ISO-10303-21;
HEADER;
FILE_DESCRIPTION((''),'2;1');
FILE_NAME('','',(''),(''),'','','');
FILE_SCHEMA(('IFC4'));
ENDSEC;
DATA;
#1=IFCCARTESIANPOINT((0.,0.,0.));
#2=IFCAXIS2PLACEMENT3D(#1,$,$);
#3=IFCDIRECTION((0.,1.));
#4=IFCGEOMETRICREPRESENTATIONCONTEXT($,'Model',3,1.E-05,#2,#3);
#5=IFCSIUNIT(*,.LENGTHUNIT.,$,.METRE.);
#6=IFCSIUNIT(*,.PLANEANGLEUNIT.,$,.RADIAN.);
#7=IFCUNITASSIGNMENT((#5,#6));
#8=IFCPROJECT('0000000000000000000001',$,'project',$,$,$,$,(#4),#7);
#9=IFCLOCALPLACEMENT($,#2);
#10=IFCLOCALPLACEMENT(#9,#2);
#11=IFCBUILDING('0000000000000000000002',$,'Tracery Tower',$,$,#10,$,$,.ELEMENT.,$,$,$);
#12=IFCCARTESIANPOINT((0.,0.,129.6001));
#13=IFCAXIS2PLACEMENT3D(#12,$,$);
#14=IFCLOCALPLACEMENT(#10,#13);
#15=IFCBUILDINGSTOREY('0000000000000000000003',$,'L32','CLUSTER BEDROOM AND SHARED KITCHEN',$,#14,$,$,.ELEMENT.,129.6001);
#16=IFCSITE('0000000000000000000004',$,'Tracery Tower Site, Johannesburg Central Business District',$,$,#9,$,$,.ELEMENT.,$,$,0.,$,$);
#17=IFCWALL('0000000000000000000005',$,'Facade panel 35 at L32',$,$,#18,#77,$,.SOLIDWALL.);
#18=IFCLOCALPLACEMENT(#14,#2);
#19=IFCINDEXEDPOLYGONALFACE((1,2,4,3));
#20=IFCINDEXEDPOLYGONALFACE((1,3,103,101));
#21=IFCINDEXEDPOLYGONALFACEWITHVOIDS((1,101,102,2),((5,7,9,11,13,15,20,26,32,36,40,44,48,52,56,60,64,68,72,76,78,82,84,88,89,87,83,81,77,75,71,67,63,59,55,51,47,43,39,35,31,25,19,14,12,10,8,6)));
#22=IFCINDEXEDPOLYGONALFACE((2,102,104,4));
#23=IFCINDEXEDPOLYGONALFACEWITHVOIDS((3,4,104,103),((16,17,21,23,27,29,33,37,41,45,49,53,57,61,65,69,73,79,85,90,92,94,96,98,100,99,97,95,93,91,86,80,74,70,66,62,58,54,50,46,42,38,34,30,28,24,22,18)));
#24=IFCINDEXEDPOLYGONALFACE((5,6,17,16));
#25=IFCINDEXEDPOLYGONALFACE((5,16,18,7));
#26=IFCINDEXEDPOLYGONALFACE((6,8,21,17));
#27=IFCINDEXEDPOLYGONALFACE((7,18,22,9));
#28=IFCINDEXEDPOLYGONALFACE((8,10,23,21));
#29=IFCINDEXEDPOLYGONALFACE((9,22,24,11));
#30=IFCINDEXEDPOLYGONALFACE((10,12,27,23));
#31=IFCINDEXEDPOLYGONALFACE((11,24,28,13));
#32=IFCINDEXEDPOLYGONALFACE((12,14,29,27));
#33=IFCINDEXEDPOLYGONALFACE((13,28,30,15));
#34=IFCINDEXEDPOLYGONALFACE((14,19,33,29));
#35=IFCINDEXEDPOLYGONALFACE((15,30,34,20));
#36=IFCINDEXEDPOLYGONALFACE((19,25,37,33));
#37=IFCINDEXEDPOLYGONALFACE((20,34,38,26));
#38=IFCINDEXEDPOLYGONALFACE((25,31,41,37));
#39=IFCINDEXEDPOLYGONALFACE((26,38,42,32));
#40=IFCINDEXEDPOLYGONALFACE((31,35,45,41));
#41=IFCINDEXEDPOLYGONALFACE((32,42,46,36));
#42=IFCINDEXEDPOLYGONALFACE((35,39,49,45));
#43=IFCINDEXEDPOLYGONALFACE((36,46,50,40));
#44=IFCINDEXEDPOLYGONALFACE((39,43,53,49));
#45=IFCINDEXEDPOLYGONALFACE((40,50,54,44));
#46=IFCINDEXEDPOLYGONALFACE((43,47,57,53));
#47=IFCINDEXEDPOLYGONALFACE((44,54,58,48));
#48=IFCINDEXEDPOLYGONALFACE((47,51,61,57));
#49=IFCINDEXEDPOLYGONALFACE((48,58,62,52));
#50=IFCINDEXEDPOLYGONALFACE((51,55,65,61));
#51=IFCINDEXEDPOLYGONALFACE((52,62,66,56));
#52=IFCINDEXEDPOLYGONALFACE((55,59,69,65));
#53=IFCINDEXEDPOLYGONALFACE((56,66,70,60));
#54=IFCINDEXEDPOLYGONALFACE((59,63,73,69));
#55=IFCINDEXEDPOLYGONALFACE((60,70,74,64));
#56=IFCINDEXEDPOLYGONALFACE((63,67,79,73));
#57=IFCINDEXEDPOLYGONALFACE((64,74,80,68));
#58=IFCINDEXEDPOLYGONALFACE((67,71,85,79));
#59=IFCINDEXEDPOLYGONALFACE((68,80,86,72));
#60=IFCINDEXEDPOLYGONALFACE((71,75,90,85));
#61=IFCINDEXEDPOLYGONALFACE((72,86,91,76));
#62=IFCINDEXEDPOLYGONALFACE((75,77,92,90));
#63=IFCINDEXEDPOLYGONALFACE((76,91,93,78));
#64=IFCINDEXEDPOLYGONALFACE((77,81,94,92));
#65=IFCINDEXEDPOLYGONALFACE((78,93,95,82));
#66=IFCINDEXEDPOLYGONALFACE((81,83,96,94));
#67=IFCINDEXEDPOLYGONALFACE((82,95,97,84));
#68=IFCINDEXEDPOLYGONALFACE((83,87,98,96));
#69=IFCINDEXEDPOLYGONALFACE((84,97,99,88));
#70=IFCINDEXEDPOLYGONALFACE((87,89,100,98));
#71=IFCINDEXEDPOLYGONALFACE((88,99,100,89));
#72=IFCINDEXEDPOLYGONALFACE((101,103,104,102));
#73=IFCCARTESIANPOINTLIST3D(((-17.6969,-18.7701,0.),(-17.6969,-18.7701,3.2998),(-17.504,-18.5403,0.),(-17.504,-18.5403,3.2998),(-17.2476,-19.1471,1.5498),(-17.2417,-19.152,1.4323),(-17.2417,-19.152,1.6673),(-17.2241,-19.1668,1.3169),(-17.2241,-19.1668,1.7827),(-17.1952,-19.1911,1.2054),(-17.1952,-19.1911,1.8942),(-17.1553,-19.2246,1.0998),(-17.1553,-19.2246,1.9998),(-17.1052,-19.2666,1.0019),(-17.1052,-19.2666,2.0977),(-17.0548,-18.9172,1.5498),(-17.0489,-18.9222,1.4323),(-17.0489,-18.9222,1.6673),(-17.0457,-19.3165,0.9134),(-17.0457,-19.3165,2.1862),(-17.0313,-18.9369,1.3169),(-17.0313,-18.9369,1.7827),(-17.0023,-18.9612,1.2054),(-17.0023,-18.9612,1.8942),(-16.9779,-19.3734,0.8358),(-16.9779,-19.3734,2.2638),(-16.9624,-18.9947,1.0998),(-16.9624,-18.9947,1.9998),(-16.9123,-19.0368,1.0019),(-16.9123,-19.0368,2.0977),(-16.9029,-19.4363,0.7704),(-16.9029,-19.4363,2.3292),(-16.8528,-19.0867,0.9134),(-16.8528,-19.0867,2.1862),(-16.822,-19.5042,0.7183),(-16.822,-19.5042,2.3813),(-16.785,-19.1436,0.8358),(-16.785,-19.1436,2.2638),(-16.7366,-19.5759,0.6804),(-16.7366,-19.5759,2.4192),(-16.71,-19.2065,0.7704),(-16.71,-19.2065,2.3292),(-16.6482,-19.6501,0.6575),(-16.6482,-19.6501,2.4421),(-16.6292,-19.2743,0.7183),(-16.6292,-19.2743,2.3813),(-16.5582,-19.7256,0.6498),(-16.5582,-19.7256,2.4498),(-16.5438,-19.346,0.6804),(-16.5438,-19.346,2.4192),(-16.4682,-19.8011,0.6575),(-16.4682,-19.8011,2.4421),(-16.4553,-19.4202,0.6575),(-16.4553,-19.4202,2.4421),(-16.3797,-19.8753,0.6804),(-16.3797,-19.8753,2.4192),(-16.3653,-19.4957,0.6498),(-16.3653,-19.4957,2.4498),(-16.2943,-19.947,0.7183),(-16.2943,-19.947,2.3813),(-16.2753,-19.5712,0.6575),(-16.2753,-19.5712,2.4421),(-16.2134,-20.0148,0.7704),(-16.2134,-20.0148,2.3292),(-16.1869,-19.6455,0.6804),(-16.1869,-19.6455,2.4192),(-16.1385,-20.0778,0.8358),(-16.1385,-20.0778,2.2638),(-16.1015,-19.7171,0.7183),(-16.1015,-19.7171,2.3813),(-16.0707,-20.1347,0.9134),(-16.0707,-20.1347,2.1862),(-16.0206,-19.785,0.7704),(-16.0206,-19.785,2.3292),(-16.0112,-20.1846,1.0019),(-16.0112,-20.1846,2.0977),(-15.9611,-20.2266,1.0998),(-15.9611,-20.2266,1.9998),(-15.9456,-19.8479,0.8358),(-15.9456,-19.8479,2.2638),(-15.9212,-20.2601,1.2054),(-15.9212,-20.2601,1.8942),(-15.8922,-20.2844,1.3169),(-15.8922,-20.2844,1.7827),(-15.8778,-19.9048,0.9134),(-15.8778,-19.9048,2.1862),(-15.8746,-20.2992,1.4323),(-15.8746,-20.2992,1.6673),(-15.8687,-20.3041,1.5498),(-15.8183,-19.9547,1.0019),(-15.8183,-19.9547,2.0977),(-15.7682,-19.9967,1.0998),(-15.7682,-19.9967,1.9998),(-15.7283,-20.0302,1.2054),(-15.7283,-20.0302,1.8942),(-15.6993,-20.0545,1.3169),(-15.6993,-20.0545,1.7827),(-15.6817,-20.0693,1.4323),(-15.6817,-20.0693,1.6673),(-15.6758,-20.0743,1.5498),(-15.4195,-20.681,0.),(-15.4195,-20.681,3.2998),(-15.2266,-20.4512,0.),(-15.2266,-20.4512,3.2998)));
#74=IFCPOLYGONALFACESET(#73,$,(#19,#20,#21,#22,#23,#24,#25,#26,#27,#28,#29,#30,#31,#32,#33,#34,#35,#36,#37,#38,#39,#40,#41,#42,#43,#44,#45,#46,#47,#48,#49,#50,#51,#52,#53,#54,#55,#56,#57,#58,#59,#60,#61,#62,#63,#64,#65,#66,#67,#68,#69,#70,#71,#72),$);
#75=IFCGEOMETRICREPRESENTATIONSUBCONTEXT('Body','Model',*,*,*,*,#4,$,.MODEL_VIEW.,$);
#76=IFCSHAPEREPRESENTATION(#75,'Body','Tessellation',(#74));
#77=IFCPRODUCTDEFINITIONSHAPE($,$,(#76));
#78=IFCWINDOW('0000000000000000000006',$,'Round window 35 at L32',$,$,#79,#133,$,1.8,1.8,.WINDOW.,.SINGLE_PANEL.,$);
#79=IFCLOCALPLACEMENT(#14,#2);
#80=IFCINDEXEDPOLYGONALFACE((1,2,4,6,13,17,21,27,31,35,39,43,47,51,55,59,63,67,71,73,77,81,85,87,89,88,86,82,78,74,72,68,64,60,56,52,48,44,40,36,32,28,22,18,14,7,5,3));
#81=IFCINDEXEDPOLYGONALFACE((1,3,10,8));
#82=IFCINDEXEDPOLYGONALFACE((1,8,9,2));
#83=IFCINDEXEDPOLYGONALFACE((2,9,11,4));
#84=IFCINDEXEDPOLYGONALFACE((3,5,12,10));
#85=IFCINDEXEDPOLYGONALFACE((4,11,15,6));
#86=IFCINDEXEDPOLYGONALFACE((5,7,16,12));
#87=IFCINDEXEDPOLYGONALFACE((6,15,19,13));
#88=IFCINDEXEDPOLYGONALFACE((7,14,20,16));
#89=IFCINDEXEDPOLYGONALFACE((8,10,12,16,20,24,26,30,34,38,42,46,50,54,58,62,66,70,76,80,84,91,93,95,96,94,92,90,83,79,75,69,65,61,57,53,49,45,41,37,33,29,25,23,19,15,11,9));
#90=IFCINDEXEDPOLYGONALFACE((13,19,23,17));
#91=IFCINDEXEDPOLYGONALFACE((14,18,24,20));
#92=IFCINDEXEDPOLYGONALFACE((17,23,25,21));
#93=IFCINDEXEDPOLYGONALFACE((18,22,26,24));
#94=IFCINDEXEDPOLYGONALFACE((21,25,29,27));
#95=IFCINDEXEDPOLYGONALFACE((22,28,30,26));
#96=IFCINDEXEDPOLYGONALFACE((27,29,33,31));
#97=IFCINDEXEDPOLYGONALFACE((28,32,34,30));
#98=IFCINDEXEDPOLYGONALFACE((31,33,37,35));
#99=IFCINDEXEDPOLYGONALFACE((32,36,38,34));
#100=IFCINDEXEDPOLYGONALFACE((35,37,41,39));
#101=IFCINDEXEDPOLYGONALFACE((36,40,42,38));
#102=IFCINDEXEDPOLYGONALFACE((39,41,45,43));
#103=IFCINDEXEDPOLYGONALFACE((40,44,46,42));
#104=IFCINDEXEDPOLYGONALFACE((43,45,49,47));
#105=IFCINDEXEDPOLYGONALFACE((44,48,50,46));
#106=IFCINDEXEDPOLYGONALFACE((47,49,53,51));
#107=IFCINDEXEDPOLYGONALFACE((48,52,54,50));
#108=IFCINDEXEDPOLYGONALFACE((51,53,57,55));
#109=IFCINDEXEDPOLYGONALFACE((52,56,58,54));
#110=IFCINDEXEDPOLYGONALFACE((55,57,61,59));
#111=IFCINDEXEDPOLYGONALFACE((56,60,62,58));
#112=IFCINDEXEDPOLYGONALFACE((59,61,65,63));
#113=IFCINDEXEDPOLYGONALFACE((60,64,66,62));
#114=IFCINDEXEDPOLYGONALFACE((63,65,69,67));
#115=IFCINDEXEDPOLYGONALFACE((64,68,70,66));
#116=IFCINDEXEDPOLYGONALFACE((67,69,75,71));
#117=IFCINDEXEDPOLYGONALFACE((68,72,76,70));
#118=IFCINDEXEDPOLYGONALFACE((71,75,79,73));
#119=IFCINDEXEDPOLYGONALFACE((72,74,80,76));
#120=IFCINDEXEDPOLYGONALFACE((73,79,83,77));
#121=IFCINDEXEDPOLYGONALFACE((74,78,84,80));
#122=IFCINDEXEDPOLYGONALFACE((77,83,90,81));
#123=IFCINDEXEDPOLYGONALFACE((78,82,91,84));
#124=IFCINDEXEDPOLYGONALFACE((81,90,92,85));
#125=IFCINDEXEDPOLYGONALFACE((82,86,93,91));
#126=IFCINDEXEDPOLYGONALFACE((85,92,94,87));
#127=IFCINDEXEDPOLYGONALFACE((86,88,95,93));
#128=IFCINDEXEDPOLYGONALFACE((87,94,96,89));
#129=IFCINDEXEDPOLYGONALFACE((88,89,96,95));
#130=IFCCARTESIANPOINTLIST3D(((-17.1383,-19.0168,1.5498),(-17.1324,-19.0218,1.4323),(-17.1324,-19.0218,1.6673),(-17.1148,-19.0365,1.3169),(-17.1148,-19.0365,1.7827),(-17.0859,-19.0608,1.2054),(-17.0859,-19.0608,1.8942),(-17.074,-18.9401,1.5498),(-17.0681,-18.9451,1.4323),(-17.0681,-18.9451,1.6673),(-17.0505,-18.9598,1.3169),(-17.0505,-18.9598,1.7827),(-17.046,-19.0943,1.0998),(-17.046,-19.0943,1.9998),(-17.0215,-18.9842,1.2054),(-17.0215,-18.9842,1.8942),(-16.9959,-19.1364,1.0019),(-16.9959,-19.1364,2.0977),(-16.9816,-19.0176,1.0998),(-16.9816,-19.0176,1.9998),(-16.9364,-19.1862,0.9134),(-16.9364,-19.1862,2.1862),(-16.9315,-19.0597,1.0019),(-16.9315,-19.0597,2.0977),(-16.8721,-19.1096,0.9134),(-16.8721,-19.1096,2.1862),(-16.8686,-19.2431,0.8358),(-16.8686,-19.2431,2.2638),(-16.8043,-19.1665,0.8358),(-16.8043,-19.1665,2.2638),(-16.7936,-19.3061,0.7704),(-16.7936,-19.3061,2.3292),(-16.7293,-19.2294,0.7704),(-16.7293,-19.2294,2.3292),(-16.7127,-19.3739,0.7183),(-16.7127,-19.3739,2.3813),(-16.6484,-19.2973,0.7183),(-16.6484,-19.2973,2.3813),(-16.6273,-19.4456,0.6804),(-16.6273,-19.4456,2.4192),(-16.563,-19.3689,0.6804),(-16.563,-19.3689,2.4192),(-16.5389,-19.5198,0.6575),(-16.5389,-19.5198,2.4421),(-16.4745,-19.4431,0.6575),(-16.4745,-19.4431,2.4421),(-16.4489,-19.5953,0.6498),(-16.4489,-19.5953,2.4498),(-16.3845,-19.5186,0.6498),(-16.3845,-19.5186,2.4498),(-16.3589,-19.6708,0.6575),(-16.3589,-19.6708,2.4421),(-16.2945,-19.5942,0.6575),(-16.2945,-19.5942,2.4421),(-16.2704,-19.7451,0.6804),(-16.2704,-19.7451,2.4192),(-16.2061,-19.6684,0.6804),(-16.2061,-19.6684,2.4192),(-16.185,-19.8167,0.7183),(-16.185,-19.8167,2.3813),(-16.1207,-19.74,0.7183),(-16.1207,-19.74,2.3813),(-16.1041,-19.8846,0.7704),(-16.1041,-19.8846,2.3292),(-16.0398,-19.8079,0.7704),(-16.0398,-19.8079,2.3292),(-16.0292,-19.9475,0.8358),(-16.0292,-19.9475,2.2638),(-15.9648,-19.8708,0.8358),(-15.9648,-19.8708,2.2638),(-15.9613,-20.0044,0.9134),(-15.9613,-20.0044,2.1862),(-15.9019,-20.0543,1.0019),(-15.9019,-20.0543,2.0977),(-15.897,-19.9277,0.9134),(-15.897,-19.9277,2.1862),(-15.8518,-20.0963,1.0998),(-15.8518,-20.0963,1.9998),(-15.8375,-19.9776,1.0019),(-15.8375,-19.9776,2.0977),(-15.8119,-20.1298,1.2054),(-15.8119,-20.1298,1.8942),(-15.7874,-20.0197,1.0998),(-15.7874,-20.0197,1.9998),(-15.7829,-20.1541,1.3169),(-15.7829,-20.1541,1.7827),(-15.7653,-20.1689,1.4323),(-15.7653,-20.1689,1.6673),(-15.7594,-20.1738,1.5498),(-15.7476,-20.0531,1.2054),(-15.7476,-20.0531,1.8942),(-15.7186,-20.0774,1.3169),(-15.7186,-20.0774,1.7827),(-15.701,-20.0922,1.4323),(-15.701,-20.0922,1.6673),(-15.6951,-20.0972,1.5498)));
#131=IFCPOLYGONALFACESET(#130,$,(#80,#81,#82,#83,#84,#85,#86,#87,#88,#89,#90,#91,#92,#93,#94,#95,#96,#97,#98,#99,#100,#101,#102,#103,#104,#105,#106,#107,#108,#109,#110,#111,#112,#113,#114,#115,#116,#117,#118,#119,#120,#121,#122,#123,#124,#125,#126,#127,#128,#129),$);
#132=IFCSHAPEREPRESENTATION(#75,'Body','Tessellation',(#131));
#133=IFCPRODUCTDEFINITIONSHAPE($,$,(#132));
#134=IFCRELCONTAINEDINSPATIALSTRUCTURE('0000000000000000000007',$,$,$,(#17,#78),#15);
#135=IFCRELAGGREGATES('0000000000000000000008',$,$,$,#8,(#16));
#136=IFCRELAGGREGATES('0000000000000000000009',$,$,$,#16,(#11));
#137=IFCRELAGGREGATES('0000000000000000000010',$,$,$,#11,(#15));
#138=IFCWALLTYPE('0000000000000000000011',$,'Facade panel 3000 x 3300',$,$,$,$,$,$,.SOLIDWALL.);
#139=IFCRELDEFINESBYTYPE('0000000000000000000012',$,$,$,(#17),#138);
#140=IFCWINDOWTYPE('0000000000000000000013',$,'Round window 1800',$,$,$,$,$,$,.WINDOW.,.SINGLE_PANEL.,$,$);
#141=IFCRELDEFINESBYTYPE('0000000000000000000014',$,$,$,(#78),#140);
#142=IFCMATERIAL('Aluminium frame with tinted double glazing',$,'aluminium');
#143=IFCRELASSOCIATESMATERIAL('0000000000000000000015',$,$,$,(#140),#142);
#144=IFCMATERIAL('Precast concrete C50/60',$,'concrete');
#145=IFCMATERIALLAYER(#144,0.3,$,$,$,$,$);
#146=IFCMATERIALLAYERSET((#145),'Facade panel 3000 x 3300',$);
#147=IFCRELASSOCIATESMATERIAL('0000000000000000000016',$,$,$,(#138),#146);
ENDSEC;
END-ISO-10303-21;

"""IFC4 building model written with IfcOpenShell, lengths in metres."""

from ifc_helpers import new_model, si_unit, direction, frame, frame_2d, origin, origin_2d, place, context, subcontext, project, spatial, rectangle, circle, extrude, material, layer, layer_set, type_object, element, fill, save


model = new_model("IFC4")

# Units and contexts
model_context = context("Model", 3, precision=1e-05, world=origin(), true_north=direction((0.0, 1.0)))
body_context = subcontext(model_context, "Body", "Model", "MODEL_VIEW")
ifc_project = project(units=[si_unit("LENGTHUNIT", "METRE"), si_unit("PLANEANGLEUNIT", "RADIAN")], contexts=[model_context])

# Site, building, storey
site_placement = place(None, origin())
site = spatial("IfcSite", under=ifc_project, at=site_placement, Name="Tracery Tower Site, Johannesburg Central Business District", CompositionType="ELEMENT", RefElevation=0.0)
building_placement = place(site_placement, origin())
building = spatial("IfcBuilding", under=site, at=building_placement, Name="Tracery Tower", CompositionType="ELEMENT")
storey_placement = place(building_placement, frame((0.0, 0.0, 129.6001)))
storey = spatial("IfcBuildingStorey", under=building, at=storey_placement, Name="L32", Description="CLUSTER BEDROOM AND SHARED KITCHEN", CompositionType="ELEMENT", Elevation=129.6001)

# Wall, opening, window
ifc_material_1 = material(Name="Aluminium frame with tinted double glazing", Category="aluminium")
window_type = type_object("IfcWindowType", Name="Round window 1800", PartitioningType="SINGLE_PANEL", PredefinedType="WINDOW", material=ifc_material_1)
ifc_material_2 = material(Name="Precast concrete C50/60", Category="concrete")
ifc_layer_1 = layer(ifc_material_2, 0.3)
ifc_layer_set_1 = layer_set([ifc_layer_1], Name="Facade panel 3000 x 3300")
wall_type_1 = type_object("IfcWallType", Name="Facade panel 3000 x 3300", PredefinedType="SOLIDWALL", material=ifc_layer_set_1)
wall_1_placement = place(storey_placement, frame((-17.6003, -18.6553, 0.0), z_axis=(0.0, 0.0, 1.0), x_axis=(0.766049, -0.642782, 0.0)))
wall_1 = element("IfcWall", 1, at=wall_1_placement, inside=storey, type_object=wall_type_1, Name="Facade panel 35 at L32", PredefinedType="SOLIDWALL", context=body_context, shape_type="SweptSolid", body=[
    extrude(rectangle(XDim=2.9729, YDim=0.3, at=frame_2d((1.4863, 0.0))), origin(), (0.0, 0.0, 1.0), 3.2998),
])
opening_1_placement = place(wall_1_placement, frame((1.4863, 0.0, 1.5498)))
opening_1 = element("IfcOpeningElement", 2, at=opening_1_placement, cuts=wall_1, PredefinedType="OPENING", context=body_context, shape_type="SweptSolid", body=[
    extrude(circle(Radius=0.9, at=origin_2d()), frame((0.0, 0.1599, 0.0), z_axis=(0.0, -1.0, 0.0), x_axis=(1.0, 0.0, 0.0)), (0.0, 0.0, 1.0), 0.3201),
])
window_1_placement = place(opening_1_placement, origin())
window_1 = element("IfcWindow", 3, at=window_1_placement, inside=storey, type_object=window_type, Name="Round window 35 at L32", OverallHeight=1.8, OverallWidth=1.8, PartitioningType="SINGLE_PANEL", PredefinedType="WINDOW", context=body_context, shape_type="SweptSolid", body=[
    extrude(circle(Radius=0.9, at=origin_2d()), frame((0.0, 0.1201, 0.0), z_axis=(0.0, -1.0, 0.0), x_axis=(1.0, 0.0, 0.0)), (0.0, 0.0, 1.0), 0.1001),
])
fill(opening_1, window_1)

save(model, "model.ifc")
